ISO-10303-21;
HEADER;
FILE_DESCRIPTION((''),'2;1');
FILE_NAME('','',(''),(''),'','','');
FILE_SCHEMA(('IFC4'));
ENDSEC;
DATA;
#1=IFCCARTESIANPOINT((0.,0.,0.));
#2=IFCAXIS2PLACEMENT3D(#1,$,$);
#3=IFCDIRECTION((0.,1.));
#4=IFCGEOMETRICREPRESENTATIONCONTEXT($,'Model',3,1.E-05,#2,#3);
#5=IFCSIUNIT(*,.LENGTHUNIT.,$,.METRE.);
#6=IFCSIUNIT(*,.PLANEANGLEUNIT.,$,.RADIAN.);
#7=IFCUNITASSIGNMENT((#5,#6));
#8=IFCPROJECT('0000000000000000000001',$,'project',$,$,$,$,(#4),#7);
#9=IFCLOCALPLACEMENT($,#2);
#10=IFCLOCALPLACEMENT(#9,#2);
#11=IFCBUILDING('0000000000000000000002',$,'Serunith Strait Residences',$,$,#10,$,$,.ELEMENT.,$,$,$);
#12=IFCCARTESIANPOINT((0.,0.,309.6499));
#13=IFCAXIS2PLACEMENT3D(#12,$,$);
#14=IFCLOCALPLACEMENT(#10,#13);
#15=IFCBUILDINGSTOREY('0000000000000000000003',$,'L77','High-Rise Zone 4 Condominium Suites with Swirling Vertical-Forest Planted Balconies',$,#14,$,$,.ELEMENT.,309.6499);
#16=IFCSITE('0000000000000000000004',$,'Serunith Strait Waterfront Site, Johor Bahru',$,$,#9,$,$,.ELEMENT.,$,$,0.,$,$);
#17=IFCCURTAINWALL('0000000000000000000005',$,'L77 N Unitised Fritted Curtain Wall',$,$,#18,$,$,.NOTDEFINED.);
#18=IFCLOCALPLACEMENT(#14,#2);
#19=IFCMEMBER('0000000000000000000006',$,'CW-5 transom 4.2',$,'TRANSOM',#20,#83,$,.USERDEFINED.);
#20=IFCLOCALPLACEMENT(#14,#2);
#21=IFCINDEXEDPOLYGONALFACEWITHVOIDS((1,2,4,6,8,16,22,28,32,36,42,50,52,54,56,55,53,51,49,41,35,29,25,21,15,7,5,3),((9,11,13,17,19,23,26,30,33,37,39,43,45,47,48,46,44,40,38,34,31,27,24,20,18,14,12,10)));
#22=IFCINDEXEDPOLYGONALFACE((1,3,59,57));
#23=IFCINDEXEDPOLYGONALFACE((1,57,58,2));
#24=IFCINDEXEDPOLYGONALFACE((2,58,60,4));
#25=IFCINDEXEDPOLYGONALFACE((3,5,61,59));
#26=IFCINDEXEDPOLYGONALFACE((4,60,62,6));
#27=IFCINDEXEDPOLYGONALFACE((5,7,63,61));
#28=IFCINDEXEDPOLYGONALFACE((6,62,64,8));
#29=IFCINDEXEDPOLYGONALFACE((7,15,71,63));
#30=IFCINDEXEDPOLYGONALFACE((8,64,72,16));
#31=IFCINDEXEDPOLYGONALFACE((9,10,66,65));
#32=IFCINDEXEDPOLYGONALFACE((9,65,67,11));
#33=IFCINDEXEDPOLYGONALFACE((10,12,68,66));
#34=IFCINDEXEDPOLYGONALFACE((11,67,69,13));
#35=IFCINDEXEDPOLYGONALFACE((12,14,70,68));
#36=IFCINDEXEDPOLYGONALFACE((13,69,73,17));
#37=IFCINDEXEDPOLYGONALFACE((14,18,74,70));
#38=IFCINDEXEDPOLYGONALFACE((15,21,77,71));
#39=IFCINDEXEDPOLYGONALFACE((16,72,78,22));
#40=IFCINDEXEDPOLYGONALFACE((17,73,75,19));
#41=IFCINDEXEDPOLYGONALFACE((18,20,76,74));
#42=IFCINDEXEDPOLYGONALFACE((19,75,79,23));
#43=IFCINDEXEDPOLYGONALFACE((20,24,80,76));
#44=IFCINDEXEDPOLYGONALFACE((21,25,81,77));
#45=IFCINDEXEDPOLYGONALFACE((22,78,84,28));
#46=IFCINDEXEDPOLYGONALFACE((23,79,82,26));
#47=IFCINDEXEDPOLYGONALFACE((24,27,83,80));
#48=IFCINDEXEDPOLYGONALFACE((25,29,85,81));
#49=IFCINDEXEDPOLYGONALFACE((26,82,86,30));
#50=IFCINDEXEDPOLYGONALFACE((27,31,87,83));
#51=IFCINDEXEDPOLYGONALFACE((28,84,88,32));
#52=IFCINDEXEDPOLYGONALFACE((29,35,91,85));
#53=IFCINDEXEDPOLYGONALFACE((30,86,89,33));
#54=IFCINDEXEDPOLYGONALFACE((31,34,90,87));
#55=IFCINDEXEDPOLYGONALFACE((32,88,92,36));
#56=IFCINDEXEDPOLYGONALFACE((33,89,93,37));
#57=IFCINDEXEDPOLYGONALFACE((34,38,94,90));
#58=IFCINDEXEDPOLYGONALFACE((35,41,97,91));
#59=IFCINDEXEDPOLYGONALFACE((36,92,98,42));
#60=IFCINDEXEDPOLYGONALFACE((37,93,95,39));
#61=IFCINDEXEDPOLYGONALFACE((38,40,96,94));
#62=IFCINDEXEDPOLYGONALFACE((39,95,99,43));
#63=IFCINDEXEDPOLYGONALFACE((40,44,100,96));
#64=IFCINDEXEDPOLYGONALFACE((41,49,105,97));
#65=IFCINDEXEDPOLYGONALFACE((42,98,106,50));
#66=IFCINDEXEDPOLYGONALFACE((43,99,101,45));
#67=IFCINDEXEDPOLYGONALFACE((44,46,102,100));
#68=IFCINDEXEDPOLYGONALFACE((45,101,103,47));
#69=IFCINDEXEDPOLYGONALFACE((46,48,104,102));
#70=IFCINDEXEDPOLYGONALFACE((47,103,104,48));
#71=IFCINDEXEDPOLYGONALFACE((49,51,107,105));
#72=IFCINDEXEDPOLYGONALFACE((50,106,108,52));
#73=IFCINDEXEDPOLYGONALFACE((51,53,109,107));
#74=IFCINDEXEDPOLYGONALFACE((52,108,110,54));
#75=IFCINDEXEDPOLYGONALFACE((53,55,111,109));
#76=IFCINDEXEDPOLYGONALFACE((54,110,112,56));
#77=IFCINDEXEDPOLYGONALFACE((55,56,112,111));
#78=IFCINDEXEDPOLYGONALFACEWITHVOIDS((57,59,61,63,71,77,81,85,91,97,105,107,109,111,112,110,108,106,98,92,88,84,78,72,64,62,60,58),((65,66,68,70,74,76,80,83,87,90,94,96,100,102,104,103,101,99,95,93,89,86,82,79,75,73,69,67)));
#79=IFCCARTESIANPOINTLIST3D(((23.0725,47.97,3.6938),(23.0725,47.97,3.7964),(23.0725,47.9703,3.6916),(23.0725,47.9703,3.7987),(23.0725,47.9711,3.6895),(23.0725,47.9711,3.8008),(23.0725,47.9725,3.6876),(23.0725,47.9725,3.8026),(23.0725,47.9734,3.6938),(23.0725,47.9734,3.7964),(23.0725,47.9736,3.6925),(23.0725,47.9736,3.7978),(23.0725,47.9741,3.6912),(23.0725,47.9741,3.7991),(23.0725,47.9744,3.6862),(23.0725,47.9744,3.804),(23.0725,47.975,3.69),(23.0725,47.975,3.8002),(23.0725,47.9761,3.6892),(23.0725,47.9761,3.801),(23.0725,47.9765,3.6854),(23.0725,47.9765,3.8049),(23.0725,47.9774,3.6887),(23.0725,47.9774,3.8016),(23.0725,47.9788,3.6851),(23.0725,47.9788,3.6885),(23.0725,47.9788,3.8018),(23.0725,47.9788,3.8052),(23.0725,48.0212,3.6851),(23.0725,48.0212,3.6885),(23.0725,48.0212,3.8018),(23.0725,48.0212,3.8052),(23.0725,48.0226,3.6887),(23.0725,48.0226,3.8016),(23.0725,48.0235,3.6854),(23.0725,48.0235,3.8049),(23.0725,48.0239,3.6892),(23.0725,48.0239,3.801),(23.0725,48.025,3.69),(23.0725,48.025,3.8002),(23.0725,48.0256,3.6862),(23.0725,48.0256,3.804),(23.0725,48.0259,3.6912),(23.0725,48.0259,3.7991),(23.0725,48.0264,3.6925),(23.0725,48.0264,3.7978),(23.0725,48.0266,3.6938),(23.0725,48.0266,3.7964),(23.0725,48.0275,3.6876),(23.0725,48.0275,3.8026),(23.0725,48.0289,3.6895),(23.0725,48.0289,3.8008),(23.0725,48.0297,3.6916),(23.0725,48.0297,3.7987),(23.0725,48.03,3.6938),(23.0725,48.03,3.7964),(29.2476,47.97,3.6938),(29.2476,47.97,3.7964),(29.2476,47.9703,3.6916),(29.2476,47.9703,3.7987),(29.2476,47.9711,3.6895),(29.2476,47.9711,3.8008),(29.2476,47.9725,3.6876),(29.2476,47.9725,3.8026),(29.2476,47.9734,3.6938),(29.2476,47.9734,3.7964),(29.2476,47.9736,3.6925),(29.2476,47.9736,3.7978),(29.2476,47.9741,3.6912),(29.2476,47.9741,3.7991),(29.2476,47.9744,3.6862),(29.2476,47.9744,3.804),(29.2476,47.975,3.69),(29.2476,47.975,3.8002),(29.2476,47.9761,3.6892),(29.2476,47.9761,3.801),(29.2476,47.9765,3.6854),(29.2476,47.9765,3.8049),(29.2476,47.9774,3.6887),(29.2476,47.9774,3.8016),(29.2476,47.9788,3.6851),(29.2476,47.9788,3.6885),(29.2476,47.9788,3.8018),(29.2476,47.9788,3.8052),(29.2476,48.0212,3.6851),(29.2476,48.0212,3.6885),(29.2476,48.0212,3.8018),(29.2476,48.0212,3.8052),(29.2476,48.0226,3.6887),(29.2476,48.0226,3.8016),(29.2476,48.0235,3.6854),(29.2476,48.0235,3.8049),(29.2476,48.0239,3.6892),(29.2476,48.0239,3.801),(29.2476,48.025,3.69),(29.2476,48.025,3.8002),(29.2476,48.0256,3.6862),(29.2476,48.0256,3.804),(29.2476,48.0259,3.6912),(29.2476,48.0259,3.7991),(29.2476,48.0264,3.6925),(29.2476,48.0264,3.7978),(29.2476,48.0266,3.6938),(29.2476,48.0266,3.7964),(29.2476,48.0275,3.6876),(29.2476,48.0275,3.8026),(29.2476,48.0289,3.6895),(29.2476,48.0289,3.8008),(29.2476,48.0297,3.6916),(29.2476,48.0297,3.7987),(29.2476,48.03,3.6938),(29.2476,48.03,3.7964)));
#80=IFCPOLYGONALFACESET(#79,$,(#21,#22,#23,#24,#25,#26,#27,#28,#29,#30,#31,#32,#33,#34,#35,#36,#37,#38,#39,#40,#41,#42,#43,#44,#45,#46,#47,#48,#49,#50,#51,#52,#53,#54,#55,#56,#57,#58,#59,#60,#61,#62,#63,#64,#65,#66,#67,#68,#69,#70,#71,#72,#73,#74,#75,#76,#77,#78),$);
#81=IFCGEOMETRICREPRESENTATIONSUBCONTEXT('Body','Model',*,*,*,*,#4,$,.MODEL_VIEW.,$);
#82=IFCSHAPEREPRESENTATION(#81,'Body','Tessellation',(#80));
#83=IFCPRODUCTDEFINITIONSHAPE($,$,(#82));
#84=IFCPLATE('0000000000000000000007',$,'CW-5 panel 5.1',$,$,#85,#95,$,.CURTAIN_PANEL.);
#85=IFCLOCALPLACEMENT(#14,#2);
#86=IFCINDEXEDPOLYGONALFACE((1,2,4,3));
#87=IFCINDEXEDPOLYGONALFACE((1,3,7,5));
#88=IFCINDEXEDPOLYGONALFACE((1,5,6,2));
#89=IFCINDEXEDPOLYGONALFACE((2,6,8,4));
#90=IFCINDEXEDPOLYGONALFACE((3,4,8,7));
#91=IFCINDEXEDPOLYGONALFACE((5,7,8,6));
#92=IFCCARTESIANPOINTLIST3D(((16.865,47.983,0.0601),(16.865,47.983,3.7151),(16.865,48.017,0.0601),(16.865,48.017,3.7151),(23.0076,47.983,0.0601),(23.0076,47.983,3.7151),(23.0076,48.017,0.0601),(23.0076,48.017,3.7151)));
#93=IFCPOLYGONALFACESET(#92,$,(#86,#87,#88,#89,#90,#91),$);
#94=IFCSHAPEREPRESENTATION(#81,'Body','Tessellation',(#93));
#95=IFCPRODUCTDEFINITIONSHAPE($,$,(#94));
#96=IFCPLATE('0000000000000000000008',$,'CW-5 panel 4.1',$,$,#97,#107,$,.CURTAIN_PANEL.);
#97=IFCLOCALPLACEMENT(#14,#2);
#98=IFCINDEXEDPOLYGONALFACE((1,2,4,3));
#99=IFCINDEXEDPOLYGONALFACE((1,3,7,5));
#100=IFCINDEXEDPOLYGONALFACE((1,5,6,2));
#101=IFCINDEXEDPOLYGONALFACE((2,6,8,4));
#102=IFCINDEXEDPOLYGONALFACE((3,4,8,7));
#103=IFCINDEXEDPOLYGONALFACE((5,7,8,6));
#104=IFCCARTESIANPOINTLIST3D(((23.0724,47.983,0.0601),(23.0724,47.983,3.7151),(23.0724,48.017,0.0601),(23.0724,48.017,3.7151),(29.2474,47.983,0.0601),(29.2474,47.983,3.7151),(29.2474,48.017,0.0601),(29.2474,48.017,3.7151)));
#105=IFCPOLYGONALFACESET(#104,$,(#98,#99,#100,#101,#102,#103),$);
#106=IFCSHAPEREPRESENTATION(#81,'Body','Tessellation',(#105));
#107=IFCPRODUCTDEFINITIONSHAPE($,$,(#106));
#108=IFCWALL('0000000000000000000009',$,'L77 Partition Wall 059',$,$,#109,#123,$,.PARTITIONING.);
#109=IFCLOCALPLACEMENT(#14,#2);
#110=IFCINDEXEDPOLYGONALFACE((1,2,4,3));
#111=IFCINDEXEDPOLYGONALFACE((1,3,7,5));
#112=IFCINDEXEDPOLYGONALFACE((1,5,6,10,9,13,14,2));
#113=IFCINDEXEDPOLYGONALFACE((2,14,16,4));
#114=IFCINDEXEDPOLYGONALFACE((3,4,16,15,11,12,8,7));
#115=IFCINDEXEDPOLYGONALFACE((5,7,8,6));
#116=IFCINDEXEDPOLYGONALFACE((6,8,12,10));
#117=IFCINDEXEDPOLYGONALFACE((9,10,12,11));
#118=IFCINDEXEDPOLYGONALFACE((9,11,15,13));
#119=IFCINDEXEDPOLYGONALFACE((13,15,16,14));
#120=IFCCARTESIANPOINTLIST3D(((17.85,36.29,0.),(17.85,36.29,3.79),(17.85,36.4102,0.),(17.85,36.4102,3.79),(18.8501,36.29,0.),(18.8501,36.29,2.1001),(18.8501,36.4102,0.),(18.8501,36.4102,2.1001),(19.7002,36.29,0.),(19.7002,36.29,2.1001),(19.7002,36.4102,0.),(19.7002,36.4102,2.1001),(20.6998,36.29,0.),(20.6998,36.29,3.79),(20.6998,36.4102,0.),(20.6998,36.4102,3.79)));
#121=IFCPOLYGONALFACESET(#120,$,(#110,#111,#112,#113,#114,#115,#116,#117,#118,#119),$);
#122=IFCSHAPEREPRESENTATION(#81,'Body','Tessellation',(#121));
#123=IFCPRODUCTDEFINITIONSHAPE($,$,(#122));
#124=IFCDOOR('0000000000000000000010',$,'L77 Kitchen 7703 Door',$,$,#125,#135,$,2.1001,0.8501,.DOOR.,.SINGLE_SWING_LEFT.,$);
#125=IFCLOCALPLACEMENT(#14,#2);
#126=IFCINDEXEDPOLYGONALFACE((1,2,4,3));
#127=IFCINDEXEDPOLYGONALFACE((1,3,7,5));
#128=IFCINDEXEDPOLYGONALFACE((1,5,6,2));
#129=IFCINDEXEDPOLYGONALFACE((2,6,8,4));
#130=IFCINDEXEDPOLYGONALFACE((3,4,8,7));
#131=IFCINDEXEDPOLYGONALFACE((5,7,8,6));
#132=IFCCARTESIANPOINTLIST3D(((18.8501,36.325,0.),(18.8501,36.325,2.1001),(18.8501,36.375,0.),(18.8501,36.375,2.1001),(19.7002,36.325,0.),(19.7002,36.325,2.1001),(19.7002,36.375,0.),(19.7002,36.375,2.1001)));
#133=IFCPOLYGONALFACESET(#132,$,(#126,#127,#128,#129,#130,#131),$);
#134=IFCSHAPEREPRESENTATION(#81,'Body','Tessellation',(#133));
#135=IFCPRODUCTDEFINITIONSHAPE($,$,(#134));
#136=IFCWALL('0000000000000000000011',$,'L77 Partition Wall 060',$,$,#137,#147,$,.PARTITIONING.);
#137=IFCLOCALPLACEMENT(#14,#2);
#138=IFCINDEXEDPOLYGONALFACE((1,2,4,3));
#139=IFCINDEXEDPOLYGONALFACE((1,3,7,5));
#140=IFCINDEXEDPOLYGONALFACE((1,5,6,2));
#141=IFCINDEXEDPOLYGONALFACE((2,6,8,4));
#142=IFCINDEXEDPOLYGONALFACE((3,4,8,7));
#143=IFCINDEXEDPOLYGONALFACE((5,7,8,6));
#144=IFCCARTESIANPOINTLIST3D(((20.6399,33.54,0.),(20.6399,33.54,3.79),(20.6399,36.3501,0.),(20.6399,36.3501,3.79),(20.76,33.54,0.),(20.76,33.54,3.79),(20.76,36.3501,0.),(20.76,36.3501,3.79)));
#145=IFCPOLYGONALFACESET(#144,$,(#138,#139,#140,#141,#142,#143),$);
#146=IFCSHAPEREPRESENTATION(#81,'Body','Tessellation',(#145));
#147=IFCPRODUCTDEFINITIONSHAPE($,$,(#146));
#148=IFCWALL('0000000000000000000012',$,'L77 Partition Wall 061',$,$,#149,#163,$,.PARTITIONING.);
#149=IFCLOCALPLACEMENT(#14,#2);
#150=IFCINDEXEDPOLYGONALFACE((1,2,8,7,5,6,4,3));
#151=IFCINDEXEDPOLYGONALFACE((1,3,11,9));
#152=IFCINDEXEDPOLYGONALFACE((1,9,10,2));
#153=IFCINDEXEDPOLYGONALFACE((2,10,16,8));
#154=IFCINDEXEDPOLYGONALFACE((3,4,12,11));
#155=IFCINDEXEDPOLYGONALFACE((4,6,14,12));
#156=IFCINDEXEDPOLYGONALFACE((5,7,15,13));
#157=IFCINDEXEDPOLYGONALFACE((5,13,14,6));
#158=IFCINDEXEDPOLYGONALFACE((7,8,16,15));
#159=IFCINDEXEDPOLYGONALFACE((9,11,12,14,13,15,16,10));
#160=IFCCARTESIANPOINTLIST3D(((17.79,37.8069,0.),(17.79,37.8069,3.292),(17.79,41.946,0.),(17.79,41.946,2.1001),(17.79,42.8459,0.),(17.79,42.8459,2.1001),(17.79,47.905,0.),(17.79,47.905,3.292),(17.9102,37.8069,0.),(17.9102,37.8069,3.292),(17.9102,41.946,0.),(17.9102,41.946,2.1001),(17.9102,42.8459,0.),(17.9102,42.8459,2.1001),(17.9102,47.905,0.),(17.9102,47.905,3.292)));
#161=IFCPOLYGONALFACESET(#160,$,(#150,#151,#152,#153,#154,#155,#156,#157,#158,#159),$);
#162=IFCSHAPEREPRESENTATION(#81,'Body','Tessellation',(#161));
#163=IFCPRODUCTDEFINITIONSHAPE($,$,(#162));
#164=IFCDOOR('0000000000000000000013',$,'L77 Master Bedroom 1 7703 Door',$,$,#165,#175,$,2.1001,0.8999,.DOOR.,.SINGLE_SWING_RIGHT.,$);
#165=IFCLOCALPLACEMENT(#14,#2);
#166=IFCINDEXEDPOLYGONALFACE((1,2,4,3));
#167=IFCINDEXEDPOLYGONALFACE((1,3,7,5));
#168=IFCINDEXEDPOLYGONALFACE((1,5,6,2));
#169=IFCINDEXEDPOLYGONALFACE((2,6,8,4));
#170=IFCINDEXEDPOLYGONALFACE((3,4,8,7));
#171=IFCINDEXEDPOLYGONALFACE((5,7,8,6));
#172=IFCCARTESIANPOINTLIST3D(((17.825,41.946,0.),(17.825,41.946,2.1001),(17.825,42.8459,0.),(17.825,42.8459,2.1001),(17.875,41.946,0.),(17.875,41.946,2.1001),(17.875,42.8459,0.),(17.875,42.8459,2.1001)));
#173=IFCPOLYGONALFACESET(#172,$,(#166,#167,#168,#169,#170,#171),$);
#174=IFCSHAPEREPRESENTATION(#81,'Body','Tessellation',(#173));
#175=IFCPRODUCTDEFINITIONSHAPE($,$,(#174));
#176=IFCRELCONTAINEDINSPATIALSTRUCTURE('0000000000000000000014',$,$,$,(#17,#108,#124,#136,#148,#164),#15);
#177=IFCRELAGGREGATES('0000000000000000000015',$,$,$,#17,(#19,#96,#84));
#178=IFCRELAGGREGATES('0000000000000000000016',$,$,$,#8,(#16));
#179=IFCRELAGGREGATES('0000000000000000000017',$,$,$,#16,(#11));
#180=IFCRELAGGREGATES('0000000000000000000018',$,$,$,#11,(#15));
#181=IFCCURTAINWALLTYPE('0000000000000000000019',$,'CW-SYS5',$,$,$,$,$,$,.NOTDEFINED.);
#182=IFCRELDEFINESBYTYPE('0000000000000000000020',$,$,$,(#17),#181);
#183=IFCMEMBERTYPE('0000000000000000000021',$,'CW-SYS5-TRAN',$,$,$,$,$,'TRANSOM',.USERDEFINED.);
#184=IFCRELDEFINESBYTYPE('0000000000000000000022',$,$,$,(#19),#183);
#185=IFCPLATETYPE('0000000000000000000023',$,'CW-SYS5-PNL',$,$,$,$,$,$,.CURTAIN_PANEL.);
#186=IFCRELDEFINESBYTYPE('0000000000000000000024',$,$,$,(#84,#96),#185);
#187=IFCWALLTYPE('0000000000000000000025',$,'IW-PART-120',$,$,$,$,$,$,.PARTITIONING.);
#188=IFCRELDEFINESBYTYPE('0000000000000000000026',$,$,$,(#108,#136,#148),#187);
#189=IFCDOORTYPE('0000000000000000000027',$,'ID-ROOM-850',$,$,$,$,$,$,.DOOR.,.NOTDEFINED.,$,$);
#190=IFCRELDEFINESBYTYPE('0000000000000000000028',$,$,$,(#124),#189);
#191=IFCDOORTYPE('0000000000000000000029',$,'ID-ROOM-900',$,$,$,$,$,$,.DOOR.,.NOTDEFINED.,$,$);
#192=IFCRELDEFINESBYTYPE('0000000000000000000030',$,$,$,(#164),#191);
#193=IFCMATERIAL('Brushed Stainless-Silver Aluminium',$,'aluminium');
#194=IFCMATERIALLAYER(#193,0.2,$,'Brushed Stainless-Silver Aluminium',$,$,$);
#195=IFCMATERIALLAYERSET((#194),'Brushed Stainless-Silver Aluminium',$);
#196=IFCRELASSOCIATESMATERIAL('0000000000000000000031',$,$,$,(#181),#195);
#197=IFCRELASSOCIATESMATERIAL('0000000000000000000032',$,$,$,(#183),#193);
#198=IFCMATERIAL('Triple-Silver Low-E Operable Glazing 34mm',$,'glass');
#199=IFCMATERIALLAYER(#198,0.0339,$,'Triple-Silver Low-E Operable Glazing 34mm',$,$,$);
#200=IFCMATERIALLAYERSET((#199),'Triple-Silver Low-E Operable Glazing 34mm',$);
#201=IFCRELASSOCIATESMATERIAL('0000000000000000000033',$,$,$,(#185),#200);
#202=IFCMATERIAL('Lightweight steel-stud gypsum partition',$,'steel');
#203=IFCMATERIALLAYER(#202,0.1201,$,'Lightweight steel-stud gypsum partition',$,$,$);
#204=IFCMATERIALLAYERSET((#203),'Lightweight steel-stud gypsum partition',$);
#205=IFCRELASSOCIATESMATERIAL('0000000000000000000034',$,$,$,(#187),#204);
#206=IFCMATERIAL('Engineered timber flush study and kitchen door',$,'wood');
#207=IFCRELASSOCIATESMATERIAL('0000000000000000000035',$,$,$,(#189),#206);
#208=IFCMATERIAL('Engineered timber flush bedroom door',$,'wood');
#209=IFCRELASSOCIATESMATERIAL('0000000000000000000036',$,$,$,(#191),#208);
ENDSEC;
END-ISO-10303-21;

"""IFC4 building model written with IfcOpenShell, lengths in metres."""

from ifc_helpers import new_model, si_unit, direction, frame, frame_2d, origin, origin_2d, place, context, subcontext, project, spatial, rectangle, hollow_rectangle, extrude, source, transform, mapped, material, layer, layer_set, material_profile, profile_set, type_object, element, fill, aggregate, save


model = new_model("IFC4")

# Units and contexts
model_context = context("Model", 3, precision=1e-05, world=origin(), true_north=direction((0.0, 1.0)))
body_context = subcontext(model_context, "Body", "Model", "MODEL_VIEW")
ifc_project = project(units=[si_unit("LENGTHUNIT", "METRE"), si_unit("PLANEANGLEUNIT", "RADIAN")], contexts=[model_context])

# Site, building, storey
site_placement = place(None, origin())
site = spatial("IfcSite", under=ifc_project, at=site_placement, Name="Serunith Strait Waterfront Site, Johor Bahru", CompositionType="ELEMENT", RefElevation=0.0)
building_placement = place(site_placement, origin())
building = spatial("IfcBuilding", under=site, at=building_placement, Name="Serunith Strait Residences", CompositionType="ELEMENT")
storey_placement = place(building_placement, frame((0.0, 0.0, 309.6499)))
storey = spatial("IfcBuildingStorey", under=building, at=storey_placement, Name="L77", Description="High-Rise Zone 4 Condominium Suites with Swirling Vertical-Forest Planted Balconies", CompositionType="ELEMENT", Elevation=309.6499)

# Curtain wall, member, plates
ifc_material_1 = material(Name="Brushed Stainless-Silver Aluminium", Category="aluminium")
ifc_layer_1 = layer(ifc_material_1, 0.2, Name="Brushed Stainless-Silver Aluminium")
ifc_layer_set_1 = layer_set([ifc_layer_1], Name="Brushed Stainless-Silver Aluminium")
curtain_wall_type = type_object("IfcCurtainWallType", Name="CW-SYS5", PredefinedType="NOTDEFINED", material=ifc_layer_set_1)
curtain_wall_placement = place(storey_placement, origin())
curtain_wall = element("IfcCurtainWall", 1, at=curtain_wall_placement, inside=storey, type_object=curtain_wall_type, Name="L77 N Unitised Fritted Curtain Wall", PredefinedType="NOTDEFINED")
ifc_material_profile_1 = material_profile(ifc_material_1, hollow_rectangle(XDim=0.0601, YDim=0.1201, WallThickness=0.0034, InnerFilletRadius=0.0054, OuterFilletRadius=0.0088, at=origin_2d()), Name="ALU 120x60x3.5")
ifc_profile_set_1 = profile_set([ifc_material_profile_1], Name="Brushed Stainless-Silver Aluminium")
member_type_1 = type_object("IfcMemberType", Name="CW-SYS5-TRAN", ElementType="TRANSOM", PredefinedType="USERDEFINED", material=ifc_profile_set_1)
shared_shape_1 = source(origin(), body_context, "Body", "SweptSolid", [
    extrude(hollow_rectangle(XDim=0.0601, YDim=0.1201, WallThickness=0.0034, InnerFilletRadius=0.0054, OuterFilletRadius=0.0088, at=origin_2d()), origin(), (0.0, 0.0, 1.0), 6.175),
])
member_1_placement = place(storey_placement, frame((29.2476, 48.0, 3.7451), z_axis=(-1.0, 0.0, 0.0), x_axis=(0.0, -1.0, 0.0)))
member_1 = element("IfcMember", 2, at=member_1_placement, type_object=member_type_1, Name="CW-5 transom 4.2", ObjectType="TRANSOM", PredefinedType="USERDEFINED", context=body_context, shape_type="MappedRepresentation", body=[
    mapped(shared_shape_1, transform((0.0, 0.0, 0.0), scale=1.0)),
])
ifc_material_2 = material(Name="Triple-Silver Low-E Operable Glazing 34mm", Category="glass")
ifc_layer_2 = layer(ifc_material_2, 0.0339, Name="Triple-Silver Low-E Operable Glazing 34mm")
ifc_layer_set_2 = layer_set([ifc_layer_2], Name="Triple-Silver Low-E Operable Glazing 34mm")
plate_type = type_object("IfcPlateType", Name="CW-SYS5-PNL", PredefinedType="CURTAIN_PANEL", material=ifc_layer_set_2)
shared_shape_2 = source(origin(), body_context, "Body", "SweptSolid", [
    extrude(rectangle(XDim=6.1426, YDim=0.0339, at=origin_2d()), origin(), (0.0, 0.0, 1.0), 3.655),
])
plate_1_placement = place(storey_placement, frame((19.9363, 48.0, 0.0601), z_axis=(0.0, 0.0, 1.0), x_axis=(-1.0, 0.0, 0.0)))
plate_1 = element("IfcPlate", 3, at=plate_1_placement, type_object=plate_type, Name="CW-5 panel 5.1", PredefinedType="CURTAIN_PANEL", context=body_context, shape_type="MappedRepresentation", body=[
    mapped(shared_shape_2, transform((0.0, 0.0, 0.0), scale=1.0)),
])
shared_shape_3 = source(origin(), body_context, "Body", "SweptSolid", [
    extrude(rectangle(XDim=6.175, YDim=0.0339, at=origin_2d()), origin(), (0.0, 0.0, 1.0), 3.655),
])
plate_2_placement = place(storey_placement, frame((26.1599, 48.0, 0.0601), z_axis=(0.0, 0.0, 1.0), x_axis=(-1.0, 0.0, 0.0)))
plate_2 = element("IfcPlate", 4, at=plate_2_placement, type_object=plate_type, Name="CW-5 panel 4.1", PredefinedType="CURTAIN_PANEL", context=body_context, shape_type="MappedRepresentation", body=[
    mapped(shared_shape_3, transform((0.0, 0.0, 0.0), scale=1.0)),
])
aggregate(curtain_wall, [member_1, plate_2, plate_1])

# Wall, opening, door
ifc_material_3 = material(Name="Lightweight steel-stud gypsum partition", Category="steel")
ifc_layer_3 = layer(ifc_material_3, 0.1201, Name="Lightweight steel-stud gypsum partition")
ifc_layer_set_3 = layer_set([ifc_layer_3], Name="Lightweight steel-stud gypsum partition")
wall_type = type_object("IfcWallType", Name="IW-PART-120", PredefinedType="PARTITIONING", material=ifc_layer_set_3)
wall_1_placement = place(storey_placement, frame((17.8501, 36.3501, 0.0), z_axis=(0.0, 0.0, 1.0), x_axis=(1.0, 0.0, 0.0)))
wall_1 = element("IfcWall", 5, at=wall_1_placement, inside=storey, type_object=wall_type, Name="L77 Partition Wall 059", PredefinedType="PARTITIONING", context=body_context, shape_type="SweptSolid", body=[
    extrude(rectangle(XDim=2.8499, YDim=0.1201, at=frame_2d((1.4248, 0.0))), origin(), (0.0, 0.0, 1.0), 3.79),
])
opening_1_placement = place(wall_1_placement, frame((1.0, 0.0, 0.0)))
opening_1 = element("IfcOpeningElement", 6, at=opening_1_placement, cuts=wall_1, PredefinedType="OPENING", context=body_context, shape_type="SweptSolid", body=[
    extrude(rectangle(XDim=0.8501, YDim=2.1001, at=frame_2d((0.425, 1.05))), frame((0.0, 0.0701, 0.0), z_axis=(0.0, -1.0, 0.0), x_axis=(1.0, 0.0, 0.0)), (0.0, 0.0, 1.0), 0.1401),
])
ifc_material_4 = material(Name="Engineered timber flush study and kitchen door", Category="wood")
door_type_1 = type_object("IfcDoorType", Name="ID-ROOM-850", OperationType="NOTDEFINED", PredefinedType="DOOR", material=ifc_material_4)
shared_shape_4 = source(origin(), body_context, "Body", "SweptSolid", [
    extrude(rectangle(XDim=0.8501, YDim=2.1001, at=frame_2d((0.425, 1.05))), frame((0.0, 0.0249, 0.0), z_axis=(0.0, -1.0, 0.0), x_axis=(1.0, 0.0, 0.0)), (0.0, 0.0, 1.0), 0.05),
])
door_1_placement = place(opening_1_placement, origin())
door_1 = element("IfcDoor", 7, at=door_1_placement, inside=storey, type_object=door_type_1, Name="L77 Kitchen 7703 Door", OperationType="SINGLE_SWING_LEFT", OverallHeight=2.1001, OverallWidth=0.8501, PredefinedType="DOOR", context=body_context, shape_type="MappedRepresentation", body=[
    mapped(shared_shape_4, transform((0.0, 0.0, 0.0), scale=1.0)),
])
fill(opening_1, door_1)

# Wall
wall_2_placement = place(storey_placement, frame((20.7, 36.3501, 0.0), z_axis=(0.0, 0.0, 1.0), x_axis=(0.0, -1.0, 0.0)))
element("IfcWall", 8, at=wall_2_placement, inside=storey, type_object=wall_type, Name="L77 Partition Wall 060", PredefinedType="PARTITIONING", context=body_context, shape_type="SweptSolid", body=[
    extrude(rectangle(XDim=2.8101, YDim=0.1201, at=frame_2d((1.405, 0.0))), origin(), (0.0, 0.0, 1.0), 3.79),
])

# Wall, opening, door
wall_3_placement = place(storey_placement, frame((17.8501, 47.905, 0.0), z_axis=(0.0, 0.0, 1.0), x_axis=(0.0, -1.0, 0.0)))
wall_3 = element("IfcWall", 9, at=wall_3_placement, inside=storey, type_object=wall_type, Name="L77 Partition Wall 061", PredefinedType="PARTITIONING", context=body_context, shape_type="SweptSolid", body=[
    extrude(rectangle(XDim=10.0981, YDim=0.1201, at=frame_2d((5.0491, 0.0))), origin(), (0.0, 0.0, 1.0), 3.292),
])
opening_2_placement = place(wall_3_placement, frame((5.0591, 0.0, 0.0)))
opening_2 = element("IfcOpeningElement", 10, at=opening_2_placement, cuts=wall_3, PredefinedType="OPENING", context=body_context, shape_type="SweptSolid", body=[
    extrude(rectangle(XDim=0.8999, YDim=2.1001, at=frame_2d((0.45, 1.05))), frame((0.0, 0.0701, 0.0), z_axis=(0.0, -1.0, 0.0), x_axis=(1.0, 0.0, 0.0)), (0.0, 0.0, 1.0), 0.1401),
])
ifc_material_5 = material(Name="Engineered timber flush bedroom door", Category="wood")
door_type_2 = type_object("IfcDoorType", Name="ID-ROOM-900", OperationType="NOTDEFINED", PredefinedType="DOOR", material=ifc_material_5)
shared_shape_5 = source(origin(), body_context, "Body", "SweptSolid", [
    extrude(rectangle(XDim=0.8999, YDim=2.1001, at=frame_2d((0.45, 1.05))), frame((0.0, 0.0249, 0.0), z_axis=(0.0, -1.0, 0.0), x_axis=(1.0, 0.0, 0.0)), (0.0, 0.0, 1.0), 0.05),
])
door_2_placement = place(opening_2_placement, origin())
door_2 = element("IfcDoor", 11, at=door_2_placement, inside=storey, type_object=door_type_2, Name="L77 Master Bedroom 1 7703 Door", OperationType="SINGLE_SWING_RIGHT", OverallHeight=2.1001, OverallWidth=0.8999, PredefinedType="DOOR", context=body_context, shape_type="MappedRepresentation", body=[
    mapped(shared_shape_5, transform((0.0, 0.0, 0.0), scale=1.0)),
])
fill(opening_2, door_2)

save(model, "model.ifc")
